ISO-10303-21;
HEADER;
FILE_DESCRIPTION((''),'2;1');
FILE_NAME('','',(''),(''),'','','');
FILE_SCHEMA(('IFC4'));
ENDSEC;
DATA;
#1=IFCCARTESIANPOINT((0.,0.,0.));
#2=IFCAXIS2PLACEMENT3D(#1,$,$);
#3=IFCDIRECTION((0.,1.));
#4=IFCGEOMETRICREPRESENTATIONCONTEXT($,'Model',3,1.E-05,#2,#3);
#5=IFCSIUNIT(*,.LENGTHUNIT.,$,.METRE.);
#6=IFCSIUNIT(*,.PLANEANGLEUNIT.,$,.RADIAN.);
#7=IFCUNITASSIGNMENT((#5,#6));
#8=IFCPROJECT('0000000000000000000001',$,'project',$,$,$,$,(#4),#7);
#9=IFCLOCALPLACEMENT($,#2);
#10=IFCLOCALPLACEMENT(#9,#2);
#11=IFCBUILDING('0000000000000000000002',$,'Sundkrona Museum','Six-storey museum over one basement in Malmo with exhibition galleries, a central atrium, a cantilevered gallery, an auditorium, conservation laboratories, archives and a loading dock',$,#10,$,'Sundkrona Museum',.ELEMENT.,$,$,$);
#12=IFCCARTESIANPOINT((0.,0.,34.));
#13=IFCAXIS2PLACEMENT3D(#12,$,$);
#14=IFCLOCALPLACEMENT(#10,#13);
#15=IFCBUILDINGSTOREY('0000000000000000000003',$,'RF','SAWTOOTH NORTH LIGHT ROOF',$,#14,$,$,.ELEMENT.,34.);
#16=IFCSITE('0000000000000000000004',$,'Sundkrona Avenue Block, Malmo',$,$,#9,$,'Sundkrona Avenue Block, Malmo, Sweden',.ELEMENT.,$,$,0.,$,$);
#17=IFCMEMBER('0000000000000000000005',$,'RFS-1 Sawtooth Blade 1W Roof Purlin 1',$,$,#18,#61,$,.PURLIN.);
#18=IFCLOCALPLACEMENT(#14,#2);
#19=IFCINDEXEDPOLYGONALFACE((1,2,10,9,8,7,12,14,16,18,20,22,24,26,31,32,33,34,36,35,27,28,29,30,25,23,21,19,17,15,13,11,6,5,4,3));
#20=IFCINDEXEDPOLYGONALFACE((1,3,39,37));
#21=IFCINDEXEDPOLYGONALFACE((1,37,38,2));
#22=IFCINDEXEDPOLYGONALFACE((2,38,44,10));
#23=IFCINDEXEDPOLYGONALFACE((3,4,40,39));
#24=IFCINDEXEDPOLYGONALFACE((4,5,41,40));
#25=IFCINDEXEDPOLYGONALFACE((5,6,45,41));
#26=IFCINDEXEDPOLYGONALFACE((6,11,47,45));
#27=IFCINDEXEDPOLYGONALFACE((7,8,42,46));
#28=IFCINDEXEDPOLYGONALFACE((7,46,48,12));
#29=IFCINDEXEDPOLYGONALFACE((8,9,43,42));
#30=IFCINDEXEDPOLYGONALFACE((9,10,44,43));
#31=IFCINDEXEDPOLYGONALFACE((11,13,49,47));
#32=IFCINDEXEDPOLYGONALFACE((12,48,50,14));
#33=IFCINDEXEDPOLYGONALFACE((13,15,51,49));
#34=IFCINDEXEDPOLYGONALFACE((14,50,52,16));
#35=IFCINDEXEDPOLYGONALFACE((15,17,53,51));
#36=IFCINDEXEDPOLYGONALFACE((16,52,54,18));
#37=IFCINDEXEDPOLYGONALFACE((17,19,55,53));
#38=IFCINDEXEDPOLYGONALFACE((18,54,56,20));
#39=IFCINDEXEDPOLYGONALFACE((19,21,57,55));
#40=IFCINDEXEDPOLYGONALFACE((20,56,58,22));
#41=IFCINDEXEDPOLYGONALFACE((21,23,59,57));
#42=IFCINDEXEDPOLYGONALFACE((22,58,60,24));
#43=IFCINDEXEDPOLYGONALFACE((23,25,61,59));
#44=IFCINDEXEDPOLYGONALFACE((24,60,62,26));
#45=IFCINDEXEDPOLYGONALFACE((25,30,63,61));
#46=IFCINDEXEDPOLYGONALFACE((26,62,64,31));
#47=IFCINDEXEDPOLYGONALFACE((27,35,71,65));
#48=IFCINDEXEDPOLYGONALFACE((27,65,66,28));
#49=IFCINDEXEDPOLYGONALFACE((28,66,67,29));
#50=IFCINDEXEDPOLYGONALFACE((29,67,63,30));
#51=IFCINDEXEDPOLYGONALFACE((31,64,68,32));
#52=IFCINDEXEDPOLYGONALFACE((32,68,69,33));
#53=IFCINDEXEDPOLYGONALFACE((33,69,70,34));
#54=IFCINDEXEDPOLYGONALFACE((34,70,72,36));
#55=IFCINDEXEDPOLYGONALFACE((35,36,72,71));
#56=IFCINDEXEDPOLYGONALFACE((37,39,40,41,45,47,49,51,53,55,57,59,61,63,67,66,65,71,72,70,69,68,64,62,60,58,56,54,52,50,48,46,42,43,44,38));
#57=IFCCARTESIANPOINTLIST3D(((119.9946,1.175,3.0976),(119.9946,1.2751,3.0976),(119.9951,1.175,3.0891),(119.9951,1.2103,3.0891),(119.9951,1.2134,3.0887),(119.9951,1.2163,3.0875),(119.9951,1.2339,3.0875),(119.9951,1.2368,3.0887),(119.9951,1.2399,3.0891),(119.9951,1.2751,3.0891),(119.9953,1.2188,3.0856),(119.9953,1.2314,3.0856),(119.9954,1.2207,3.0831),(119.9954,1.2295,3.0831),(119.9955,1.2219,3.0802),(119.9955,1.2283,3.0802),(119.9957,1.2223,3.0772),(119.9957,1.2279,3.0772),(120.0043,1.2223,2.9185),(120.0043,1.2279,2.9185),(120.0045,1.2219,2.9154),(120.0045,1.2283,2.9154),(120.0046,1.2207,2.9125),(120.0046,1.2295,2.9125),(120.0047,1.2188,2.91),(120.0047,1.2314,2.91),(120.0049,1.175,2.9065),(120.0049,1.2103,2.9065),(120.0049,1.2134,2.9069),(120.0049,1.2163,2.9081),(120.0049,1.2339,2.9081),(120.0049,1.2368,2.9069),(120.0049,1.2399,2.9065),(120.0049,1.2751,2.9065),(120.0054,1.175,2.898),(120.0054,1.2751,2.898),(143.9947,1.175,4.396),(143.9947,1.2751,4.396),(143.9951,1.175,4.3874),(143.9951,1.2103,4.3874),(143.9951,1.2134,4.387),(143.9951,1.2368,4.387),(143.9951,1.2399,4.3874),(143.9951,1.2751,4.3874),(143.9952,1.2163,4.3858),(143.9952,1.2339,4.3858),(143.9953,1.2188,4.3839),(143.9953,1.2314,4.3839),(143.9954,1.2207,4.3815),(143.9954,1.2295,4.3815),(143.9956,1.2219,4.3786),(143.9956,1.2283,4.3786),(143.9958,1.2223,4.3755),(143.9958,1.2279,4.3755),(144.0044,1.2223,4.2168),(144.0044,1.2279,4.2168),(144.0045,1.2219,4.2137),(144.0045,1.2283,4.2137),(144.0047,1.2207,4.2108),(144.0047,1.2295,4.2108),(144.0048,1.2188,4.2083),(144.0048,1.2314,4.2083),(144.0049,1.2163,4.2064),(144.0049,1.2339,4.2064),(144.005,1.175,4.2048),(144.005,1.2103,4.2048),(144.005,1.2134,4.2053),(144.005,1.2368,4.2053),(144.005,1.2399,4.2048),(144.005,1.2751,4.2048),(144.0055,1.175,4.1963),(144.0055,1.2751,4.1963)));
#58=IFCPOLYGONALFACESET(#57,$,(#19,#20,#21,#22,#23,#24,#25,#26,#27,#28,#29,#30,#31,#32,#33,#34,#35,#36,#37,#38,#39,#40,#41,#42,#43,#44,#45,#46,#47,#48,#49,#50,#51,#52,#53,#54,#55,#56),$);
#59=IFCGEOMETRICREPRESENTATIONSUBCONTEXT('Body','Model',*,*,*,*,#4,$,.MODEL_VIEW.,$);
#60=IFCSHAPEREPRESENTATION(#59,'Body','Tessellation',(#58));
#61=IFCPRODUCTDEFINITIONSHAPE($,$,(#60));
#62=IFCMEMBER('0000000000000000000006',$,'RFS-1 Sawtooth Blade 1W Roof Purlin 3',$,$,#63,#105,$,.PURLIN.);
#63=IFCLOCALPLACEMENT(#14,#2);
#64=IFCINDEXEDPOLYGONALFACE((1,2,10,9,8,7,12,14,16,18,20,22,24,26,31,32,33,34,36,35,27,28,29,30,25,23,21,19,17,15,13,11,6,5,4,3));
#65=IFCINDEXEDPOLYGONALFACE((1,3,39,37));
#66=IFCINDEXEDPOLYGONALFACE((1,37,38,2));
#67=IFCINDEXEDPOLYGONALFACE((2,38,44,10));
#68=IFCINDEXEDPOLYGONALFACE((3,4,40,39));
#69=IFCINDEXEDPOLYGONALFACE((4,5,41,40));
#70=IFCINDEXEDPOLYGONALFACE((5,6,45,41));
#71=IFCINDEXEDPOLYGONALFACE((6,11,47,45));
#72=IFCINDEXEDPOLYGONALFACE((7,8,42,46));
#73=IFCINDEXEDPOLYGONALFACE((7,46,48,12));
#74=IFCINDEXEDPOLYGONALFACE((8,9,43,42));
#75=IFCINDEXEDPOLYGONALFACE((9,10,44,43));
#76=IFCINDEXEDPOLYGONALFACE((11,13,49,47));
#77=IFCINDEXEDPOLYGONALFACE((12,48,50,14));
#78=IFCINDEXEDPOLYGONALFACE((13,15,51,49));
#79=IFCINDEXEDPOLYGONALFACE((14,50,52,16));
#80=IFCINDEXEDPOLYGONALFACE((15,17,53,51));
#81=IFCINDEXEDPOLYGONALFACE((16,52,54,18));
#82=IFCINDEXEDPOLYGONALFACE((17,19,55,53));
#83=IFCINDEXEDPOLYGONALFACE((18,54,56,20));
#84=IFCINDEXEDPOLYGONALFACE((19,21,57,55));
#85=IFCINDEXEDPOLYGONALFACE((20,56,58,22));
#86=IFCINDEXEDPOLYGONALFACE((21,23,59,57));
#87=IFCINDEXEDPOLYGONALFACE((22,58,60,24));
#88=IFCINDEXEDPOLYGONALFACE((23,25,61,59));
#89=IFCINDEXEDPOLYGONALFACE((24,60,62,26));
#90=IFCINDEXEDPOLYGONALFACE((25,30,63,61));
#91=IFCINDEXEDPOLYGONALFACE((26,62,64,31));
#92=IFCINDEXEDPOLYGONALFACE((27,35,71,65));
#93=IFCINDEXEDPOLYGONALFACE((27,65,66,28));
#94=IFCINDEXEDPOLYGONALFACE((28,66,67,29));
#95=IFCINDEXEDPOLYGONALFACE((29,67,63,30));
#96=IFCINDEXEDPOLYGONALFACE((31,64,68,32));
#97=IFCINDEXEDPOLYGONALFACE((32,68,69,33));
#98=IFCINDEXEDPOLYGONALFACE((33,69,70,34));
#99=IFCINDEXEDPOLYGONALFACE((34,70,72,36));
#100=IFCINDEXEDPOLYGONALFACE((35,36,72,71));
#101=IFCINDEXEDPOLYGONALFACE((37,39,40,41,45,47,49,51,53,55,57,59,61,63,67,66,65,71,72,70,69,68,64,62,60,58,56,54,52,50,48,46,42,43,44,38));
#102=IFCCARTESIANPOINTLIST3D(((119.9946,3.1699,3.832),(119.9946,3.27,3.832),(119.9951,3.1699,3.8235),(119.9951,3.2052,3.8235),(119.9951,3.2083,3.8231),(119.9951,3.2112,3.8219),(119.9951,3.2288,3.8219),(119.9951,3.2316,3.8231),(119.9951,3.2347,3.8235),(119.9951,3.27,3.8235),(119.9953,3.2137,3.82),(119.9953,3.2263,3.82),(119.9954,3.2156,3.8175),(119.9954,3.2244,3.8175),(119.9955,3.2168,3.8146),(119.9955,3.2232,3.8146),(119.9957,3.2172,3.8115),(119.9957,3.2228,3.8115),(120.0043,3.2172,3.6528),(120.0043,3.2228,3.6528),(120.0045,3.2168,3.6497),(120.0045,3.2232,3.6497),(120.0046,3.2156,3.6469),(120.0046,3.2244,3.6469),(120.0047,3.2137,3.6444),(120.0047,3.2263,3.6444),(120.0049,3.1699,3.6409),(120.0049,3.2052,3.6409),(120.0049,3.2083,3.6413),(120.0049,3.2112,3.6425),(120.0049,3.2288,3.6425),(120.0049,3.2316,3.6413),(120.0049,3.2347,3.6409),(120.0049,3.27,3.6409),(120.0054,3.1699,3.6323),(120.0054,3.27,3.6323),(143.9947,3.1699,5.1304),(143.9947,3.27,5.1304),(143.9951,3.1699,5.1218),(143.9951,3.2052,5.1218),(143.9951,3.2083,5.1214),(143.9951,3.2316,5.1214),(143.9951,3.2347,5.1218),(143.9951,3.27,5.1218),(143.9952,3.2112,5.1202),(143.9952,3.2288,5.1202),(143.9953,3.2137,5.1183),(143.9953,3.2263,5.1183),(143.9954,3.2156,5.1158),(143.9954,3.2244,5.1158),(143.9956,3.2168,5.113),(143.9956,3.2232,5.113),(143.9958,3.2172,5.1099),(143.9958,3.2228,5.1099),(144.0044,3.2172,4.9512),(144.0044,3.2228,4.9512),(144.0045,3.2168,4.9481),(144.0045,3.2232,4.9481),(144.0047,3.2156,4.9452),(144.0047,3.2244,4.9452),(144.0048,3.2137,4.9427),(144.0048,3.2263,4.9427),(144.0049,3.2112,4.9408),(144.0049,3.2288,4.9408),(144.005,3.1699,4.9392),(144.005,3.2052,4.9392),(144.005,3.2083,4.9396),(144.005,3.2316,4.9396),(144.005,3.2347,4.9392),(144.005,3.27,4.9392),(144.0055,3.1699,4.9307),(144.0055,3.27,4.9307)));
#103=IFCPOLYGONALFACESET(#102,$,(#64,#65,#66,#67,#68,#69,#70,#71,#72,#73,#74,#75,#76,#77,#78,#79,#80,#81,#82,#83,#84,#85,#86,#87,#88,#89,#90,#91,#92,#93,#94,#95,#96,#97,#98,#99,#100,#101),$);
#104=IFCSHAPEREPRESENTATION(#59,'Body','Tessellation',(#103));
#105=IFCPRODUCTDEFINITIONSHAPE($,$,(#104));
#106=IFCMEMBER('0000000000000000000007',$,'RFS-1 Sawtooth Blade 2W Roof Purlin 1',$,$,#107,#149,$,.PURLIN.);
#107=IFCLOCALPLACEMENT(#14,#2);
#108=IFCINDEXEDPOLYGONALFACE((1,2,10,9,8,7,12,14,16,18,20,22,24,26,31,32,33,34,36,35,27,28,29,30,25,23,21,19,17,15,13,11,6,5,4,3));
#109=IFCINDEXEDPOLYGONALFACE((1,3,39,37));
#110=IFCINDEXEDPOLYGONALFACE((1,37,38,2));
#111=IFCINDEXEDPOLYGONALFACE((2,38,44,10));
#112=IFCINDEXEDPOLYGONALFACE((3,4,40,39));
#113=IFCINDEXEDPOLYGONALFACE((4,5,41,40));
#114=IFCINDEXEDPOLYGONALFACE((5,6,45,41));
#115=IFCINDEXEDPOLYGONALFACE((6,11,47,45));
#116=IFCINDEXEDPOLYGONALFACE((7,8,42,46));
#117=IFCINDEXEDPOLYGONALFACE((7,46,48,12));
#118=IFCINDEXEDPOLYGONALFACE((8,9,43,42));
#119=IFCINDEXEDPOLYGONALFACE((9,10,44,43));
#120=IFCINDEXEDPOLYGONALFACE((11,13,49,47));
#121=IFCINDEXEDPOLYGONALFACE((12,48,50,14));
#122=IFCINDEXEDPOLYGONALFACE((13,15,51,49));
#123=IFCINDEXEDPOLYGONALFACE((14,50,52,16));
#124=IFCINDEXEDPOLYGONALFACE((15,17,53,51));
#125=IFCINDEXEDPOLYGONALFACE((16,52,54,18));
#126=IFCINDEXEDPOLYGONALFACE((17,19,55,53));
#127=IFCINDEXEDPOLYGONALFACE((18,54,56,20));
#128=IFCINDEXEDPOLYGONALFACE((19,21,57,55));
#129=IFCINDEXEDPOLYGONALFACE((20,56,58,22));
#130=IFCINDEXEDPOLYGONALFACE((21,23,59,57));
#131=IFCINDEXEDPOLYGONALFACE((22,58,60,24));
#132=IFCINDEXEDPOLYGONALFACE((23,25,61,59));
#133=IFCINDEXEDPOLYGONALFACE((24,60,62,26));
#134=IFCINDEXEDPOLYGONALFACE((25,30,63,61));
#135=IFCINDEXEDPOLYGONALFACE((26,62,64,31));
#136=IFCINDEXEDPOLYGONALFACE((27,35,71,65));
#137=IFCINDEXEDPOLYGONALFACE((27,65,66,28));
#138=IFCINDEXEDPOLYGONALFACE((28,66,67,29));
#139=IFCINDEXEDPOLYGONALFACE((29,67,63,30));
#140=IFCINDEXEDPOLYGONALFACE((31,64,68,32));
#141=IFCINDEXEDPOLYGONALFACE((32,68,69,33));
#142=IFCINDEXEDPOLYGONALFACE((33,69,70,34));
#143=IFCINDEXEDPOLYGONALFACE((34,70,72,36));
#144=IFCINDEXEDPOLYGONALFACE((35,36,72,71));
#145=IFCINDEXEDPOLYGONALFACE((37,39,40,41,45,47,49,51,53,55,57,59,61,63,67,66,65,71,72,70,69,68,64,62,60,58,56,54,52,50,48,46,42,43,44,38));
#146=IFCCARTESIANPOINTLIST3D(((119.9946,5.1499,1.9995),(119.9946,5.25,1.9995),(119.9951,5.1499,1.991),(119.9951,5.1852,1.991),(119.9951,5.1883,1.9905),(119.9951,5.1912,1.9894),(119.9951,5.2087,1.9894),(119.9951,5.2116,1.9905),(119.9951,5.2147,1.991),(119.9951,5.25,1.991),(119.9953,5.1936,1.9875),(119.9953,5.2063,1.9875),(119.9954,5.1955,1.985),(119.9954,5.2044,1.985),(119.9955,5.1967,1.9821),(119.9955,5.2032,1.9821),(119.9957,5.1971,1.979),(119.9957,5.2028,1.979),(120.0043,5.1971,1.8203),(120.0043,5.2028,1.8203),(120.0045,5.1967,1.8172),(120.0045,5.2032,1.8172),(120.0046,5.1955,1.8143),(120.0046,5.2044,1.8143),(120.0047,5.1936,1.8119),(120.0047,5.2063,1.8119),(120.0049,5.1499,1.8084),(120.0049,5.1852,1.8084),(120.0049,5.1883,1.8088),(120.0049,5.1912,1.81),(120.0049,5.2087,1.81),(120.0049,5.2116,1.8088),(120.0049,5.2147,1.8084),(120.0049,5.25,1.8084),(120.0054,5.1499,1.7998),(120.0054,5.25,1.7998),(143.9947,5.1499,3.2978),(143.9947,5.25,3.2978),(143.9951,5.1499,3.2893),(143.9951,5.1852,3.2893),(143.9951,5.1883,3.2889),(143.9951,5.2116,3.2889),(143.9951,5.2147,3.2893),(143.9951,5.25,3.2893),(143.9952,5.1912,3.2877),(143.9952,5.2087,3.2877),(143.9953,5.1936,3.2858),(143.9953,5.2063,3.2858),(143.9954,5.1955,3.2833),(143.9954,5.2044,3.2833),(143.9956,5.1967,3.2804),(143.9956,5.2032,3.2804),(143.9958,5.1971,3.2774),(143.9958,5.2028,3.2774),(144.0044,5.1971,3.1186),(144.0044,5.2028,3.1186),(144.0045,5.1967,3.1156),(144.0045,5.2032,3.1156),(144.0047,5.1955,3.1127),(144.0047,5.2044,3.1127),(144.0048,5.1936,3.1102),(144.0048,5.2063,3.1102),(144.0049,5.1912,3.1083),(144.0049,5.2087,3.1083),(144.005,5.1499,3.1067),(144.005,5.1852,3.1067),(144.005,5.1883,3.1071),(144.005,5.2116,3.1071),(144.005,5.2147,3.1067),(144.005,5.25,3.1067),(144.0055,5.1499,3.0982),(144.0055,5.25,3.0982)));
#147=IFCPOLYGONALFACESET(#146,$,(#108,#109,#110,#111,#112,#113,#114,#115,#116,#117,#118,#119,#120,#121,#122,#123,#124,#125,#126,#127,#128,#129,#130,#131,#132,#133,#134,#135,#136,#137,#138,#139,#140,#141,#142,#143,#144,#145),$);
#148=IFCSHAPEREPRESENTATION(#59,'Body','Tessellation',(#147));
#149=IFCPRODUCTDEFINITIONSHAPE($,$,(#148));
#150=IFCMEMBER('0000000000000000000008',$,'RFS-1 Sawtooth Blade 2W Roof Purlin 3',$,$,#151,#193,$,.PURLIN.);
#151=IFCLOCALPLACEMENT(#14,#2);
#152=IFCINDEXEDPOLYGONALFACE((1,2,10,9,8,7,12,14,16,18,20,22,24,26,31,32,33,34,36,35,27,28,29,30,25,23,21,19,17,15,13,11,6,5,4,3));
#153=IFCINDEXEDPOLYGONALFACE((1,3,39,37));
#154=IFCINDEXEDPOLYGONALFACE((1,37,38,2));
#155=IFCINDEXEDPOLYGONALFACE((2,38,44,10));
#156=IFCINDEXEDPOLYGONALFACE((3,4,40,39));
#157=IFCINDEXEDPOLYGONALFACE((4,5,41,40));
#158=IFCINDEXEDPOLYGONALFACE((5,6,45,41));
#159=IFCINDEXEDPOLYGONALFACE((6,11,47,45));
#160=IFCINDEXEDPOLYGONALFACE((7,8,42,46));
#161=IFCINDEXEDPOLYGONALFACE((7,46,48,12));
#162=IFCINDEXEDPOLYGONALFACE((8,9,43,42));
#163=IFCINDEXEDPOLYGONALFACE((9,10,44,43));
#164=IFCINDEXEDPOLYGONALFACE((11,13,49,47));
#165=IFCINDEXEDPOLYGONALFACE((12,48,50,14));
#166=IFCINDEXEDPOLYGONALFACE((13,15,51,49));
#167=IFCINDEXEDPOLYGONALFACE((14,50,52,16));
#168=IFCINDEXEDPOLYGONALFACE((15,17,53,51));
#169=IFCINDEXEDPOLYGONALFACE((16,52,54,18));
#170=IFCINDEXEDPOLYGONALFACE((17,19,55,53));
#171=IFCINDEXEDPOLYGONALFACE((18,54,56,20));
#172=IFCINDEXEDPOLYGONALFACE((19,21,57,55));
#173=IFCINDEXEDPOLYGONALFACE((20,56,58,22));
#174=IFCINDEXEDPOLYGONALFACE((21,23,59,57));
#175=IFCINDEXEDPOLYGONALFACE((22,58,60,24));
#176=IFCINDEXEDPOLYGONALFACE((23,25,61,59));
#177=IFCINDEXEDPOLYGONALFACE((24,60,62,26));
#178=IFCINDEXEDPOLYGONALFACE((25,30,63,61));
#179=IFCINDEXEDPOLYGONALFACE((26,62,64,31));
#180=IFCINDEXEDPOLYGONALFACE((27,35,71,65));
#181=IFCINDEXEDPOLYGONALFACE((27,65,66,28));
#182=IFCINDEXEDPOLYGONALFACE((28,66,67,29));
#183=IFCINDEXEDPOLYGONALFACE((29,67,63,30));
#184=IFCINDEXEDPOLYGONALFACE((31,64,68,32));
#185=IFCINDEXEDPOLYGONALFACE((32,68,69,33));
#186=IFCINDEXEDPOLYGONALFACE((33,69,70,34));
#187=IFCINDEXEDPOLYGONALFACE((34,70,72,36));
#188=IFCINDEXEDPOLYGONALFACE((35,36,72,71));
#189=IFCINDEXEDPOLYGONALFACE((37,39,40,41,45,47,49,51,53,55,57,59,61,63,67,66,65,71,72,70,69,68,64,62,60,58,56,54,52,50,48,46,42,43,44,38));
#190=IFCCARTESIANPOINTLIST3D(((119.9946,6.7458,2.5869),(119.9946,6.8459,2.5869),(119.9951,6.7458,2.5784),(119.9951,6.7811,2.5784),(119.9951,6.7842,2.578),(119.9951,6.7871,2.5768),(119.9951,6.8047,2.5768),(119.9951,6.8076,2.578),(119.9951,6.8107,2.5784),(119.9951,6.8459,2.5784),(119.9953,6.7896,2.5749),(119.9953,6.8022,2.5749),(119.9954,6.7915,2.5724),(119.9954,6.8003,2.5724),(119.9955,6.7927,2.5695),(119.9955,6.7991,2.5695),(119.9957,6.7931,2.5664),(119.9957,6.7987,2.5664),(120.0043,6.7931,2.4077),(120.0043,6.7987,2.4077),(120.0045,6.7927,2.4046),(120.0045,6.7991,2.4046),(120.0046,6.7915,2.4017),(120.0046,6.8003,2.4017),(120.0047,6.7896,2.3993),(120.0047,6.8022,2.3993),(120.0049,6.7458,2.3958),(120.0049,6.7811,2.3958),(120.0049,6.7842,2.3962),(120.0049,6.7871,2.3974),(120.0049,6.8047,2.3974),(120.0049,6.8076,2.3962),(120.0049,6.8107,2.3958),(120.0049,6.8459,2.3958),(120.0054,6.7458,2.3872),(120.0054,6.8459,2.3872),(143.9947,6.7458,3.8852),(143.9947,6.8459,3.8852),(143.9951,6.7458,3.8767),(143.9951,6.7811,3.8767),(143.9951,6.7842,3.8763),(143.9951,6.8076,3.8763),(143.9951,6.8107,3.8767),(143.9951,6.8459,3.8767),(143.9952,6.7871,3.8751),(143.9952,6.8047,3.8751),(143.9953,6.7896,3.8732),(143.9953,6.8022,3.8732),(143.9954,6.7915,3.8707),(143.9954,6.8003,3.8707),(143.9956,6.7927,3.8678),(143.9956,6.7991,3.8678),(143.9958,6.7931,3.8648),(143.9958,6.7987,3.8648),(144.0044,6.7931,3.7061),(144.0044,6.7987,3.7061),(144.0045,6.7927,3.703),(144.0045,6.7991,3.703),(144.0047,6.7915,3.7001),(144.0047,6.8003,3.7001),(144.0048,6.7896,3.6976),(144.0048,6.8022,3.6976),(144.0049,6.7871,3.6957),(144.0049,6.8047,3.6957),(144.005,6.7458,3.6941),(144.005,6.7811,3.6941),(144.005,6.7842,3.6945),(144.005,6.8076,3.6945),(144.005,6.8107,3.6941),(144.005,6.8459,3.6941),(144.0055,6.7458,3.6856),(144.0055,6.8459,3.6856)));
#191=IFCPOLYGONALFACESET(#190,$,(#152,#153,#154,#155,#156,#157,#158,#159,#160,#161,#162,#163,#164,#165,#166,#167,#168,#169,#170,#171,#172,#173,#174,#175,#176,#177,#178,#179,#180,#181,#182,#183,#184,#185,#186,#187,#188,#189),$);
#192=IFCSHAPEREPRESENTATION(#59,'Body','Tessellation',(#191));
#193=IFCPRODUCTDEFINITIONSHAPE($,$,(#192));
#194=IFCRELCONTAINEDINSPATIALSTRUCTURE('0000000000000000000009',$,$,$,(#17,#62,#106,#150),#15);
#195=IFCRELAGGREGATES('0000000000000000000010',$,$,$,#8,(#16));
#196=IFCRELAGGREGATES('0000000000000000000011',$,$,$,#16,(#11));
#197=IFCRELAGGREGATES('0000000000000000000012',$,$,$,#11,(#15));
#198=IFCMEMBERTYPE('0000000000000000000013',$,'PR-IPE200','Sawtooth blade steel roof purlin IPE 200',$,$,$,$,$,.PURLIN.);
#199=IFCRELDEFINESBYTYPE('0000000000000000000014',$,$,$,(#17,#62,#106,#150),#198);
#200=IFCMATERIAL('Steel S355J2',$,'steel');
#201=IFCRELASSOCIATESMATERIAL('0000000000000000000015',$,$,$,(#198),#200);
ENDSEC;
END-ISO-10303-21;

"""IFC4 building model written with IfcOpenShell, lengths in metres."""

from ifc_helpers import new_model, si_unit, direction, frame, origin, origin_2d, place, context, subcontext, project, spatial, i_section, extrude, material, material_profile, profile_set, type_object, element, save


model = new_model("IFC4")

# Units and contexts
model_context = context("Model", 3, precision=1e-05, world=origin(), true_north=direction((0.0, 1.0)))
body_context = subcontext(model_context, "Body", "Model", "MODEL_VIEW")
ifc_project = project(units=[si_unit("LENGTHUNIT", "METRE"), si_unit("PLANEANGLEUNIT", "RADIAN")], contexts=[model_context])

# Site, building, storey
site_placement = place(None, origin())
site = spatial("IfcSite", under=ifc_project, at=site_placement, Name="Sundkrona Avenue Block, Malmo", LongName="Sundkrona Avenue Block, Malmo, Sweden", CompositionType="ELEMENT", RefElevation=0.0)
building_placement = place(site_placement, origin())
building = spatial("IfcBuilding", under=site, at=building_placement, Name="Sundkrona Museum", Description="Six-storey museum over one basement in Malmo with exhibition galleries, a central atrium, a cantilevered gallery, an auditorium, conservation laboratories, archives and a loading dock", LongName="Sundkrona Museum", CompositionType="ELEMENT")
storey_placement = place(building_placement, frame((0.0, 0.0, 34.0)))
storey = spatial("IfcBuildingStorey", under=building, at=storey_placement, Name="RF", Description="SAWTOOTH NORTH LIGHT ROOF", CompositionType="ELEMENT", Elevation=34.0)

# Members
ifc_material_1 = material(Name="Steel S355J2", Category="steel")
ifc_material_profile_1 = material_profile(ifc_material_1, i_section(OverallWidth=0.1001, OverallDepth=0.2, WebThickness=0.0056, FlangeThickness=0.0085, FilletRadius=0.012, at=origin_2d()), Name="IPE 200")
ifc_profile_set_1 = profile_set([ifc_material_profile_1], Name="Steel S355J2")
member_type_1 = type_object("IfcMemberType", Name="PR-IPE200", Description="Sawtooth blade steel roof purlin IPE 200", PredefinedType="PURLIN", material=ifc_profile_set_1)
for number, where, z_axis, x_axis, name in (
    (1, (120.0, 1.2251, 2.9978), (0.99854, 0.0, 0.054019), (0.0, 1.0, 0.0), "RFS-1 Sawtooth Blade 1W Roof Purlin 1"),
    (2, (120.0, 3.22, 3.7322), (0.99854, 0.0, 0.054019), (0.0, 1.0, 0.0), "RFS-1 Sawtooth Blade 1W Roof Purlin 3"),
    (3, (120.0, 5.2, 1.8997), (0.99854, 0.0, 0.054019), (0.0, 1.0, 0.0), "RFS-1 Sawtooth Blade 2W Roof Purlin 1"),
    (4, (120.0, 6.7959, 2.4871), (0.99854, 0.0, 0.054019), (0.0, 1.0, 0.0), "RFS-1 Sawtooth Blade 2W Roof Purlin 3"),
):
    element("IfcMember", number, at=place(storey_placement, frame(where, z_axis=z_axis, x_axis=x_axis)), inside=storey, type_object=member_type_1, Name=name, PredefinedType="PURLIN", context=body_context, shape_type="SweptSolid", body=[
        extrude(i_section(OverallWidth=0.1001, OverallDepth=0.2, WebThickness=0.0056, FlangeThickness=0.0085, FilletRadius=0.012, at=origin_2d()), origin(), (0.0, 0.0, 1.0), 24.0352),
    ])

save(model, "model.ifc")
